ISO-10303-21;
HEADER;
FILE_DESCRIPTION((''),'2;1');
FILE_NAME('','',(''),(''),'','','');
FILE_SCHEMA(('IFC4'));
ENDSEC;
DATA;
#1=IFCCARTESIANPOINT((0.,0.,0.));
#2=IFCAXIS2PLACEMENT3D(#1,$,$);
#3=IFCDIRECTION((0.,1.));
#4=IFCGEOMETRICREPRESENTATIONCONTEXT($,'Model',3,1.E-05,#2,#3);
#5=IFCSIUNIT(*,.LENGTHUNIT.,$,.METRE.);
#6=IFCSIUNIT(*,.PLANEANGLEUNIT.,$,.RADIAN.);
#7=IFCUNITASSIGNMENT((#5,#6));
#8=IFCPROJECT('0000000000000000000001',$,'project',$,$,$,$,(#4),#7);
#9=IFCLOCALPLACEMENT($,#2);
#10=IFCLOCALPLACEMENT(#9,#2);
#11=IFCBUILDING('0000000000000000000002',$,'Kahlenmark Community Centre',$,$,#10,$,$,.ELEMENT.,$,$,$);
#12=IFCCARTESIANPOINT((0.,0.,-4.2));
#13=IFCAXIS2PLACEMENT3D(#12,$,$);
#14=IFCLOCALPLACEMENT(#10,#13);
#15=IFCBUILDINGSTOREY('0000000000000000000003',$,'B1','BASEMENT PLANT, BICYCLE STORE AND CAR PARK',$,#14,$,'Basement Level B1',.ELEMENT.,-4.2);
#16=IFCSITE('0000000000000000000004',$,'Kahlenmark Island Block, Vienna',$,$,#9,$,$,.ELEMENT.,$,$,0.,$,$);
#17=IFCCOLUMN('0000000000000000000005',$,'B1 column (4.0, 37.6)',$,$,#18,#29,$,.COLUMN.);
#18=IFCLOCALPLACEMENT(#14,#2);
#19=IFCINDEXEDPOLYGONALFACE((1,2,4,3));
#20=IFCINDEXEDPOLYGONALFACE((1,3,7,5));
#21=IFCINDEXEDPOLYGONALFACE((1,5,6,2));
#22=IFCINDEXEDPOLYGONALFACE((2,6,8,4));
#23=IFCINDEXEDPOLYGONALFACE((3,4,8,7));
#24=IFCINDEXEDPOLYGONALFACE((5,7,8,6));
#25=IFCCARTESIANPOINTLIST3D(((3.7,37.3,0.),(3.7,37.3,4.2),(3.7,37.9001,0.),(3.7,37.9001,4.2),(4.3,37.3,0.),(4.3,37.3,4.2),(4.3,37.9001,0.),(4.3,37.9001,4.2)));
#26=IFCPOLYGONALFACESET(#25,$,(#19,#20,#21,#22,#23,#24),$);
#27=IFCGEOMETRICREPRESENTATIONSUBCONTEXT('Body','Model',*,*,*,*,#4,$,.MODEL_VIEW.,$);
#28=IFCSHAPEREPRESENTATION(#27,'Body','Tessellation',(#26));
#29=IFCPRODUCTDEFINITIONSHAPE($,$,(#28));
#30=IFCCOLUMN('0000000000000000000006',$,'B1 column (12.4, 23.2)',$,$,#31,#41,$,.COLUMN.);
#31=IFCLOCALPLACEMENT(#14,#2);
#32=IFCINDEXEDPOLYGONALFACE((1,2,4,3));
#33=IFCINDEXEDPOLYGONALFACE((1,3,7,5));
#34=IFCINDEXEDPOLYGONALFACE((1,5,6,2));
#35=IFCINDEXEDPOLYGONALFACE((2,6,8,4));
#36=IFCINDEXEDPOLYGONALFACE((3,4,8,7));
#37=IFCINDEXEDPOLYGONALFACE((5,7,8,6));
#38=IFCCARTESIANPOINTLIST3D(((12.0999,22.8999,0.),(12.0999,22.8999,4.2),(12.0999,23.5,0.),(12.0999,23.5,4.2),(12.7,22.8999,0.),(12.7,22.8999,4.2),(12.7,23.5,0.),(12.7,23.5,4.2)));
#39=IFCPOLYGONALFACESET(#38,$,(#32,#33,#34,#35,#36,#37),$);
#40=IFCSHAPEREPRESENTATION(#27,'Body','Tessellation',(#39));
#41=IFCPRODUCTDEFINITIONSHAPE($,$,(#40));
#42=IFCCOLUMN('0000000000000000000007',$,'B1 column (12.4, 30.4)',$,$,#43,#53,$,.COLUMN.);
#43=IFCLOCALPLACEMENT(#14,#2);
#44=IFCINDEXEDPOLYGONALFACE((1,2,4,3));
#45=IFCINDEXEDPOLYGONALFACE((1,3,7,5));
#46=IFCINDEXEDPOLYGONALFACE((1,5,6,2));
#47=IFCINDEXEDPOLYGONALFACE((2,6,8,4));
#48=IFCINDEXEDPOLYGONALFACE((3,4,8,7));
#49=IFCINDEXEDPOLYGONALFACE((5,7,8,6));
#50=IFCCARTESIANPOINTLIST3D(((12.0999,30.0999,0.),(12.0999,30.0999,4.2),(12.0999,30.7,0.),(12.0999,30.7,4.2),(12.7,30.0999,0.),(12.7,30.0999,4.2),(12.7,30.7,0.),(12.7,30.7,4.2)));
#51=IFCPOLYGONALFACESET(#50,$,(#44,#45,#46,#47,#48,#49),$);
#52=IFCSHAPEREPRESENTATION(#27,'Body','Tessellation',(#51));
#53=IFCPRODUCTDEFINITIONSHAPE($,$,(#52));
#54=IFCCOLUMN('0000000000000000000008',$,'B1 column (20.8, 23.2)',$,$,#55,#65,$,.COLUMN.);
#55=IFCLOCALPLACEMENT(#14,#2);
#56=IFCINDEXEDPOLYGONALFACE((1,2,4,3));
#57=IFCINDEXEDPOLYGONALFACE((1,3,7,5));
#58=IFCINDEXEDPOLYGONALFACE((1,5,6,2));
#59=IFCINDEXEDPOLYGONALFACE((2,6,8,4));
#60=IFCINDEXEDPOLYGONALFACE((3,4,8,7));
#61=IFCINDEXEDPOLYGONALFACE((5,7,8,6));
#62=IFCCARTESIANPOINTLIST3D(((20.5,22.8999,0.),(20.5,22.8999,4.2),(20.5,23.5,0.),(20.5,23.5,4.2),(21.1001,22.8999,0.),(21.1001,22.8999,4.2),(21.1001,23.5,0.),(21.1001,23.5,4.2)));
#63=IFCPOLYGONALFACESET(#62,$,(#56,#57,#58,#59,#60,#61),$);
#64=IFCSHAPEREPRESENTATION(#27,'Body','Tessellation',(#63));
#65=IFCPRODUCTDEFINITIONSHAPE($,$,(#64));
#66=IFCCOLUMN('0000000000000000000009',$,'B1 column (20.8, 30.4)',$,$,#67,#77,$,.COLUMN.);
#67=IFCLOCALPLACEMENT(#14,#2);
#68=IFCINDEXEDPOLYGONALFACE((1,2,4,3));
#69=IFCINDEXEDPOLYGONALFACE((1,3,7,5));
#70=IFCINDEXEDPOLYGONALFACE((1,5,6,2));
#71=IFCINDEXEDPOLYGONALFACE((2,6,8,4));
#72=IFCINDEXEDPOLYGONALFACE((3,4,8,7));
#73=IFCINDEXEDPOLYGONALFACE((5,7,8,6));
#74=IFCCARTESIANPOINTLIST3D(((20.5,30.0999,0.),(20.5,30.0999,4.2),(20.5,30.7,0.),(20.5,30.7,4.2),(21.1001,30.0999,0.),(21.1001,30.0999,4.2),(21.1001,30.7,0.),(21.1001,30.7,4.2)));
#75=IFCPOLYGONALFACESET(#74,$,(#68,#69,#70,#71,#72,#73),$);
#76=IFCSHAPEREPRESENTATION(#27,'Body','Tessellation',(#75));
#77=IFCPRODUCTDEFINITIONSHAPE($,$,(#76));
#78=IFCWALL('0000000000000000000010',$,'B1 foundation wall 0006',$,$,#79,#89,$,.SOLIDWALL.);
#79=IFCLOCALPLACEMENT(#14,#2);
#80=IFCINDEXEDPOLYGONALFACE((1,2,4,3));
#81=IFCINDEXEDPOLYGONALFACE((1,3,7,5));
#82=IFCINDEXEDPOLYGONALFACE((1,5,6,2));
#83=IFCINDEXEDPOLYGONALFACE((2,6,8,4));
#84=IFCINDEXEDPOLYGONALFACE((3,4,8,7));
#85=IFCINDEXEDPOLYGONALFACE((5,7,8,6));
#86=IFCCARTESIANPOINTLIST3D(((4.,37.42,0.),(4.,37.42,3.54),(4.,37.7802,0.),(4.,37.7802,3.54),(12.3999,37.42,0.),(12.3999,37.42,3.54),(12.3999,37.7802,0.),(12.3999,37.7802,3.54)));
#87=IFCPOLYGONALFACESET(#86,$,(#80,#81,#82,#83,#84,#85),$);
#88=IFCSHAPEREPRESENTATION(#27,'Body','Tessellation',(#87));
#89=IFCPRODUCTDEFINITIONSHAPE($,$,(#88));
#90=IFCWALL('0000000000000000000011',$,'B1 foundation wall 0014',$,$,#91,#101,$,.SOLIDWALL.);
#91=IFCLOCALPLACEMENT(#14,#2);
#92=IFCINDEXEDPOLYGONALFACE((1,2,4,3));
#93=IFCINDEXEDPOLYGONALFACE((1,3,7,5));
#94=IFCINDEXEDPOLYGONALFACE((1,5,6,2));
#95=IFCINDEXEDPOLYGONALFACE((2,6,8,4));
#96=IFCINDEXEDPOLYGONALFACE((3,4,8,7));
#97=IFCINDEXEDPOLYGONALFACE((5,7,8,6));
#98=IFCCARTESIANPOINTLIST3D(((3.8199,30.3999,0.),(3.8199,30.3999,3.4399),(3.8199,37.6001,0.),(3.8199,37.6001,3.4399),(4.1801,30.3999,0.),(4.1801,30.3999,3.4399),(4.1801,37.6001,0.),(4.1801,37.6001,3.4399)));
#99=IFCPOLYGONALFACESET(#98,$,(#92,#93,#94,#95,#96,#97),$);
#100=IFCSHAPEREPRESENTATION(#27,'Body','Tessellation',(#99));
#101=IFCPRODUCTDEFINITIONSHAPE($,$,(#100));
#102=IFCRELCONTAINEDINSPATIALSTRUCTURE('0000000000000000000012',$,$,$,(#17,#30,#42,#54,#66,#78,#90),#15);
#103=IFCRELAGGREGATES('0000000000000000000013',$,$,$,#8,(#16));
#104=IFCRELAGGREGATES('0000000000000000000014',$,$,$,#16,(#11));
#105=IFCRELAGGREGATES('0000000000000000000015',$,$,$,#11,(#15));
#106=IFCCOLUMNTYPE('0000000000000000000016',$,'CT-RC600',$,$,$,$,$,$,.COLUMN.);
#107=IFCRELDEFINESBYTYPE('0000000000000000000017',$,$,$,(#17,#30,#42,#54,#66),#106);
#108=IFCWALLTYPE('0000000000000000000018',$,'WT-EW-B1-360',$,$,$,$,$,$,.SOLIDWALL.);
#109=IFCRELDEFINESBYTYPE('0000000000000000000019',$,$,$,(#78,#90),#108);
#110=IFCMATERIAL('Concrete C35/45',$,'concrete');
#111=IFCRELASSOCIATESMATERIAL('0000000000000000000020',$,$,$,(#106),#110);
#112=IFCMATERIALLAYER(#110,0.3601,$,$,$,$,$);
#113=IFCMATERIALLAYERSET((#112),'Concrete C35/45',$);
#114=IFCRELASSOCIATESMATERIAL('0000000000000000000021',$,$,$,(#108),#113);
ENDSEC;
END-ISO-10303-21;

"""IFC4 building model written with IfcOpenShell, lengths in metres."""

from ifc_helpers import new_model, si_unit, direction, frame, frame_2d, origin, origin_2d, place, context, subcontext, project, spatial, rectangle, extrude, material, layer, layer_set, material_profile, profile_set, type_object, element, save


model = new_model("IFC4")

# Units and contexts
model_context = context("Model", 3, precision=1e-05, world=origin(), true_north=direction((0.0, 1.0)))
body_context = subcontext(model_context, "Body", "Model", "MODEL_VIEW")
ifc_project = project(units=[si_unit("LENGTHUNIT", "METRE"), si_unit("PLANEANGLEUNIT", "RADIAN")], contexts=[model_context])

# Site, building, storey
site_placement = place(None, origin())
site = spatial("IfcSite", under=ifc_project, at=site_placement, Name="Kahlenmark Island Block, Vienna", CompositionType="ELEMENT", RefElevation=0.0)
building_placement = place(site_placement, origin())
building = spatial("IfcBuilding", under=site, at=building_placement, Name="Kahlenmark Community Centre", CompositionType="ELEMENT")
storey_placement = place(building_placement, frame((0.0, 0.0, -4.2)))
storey = spatial("IfcBuildingStorey", under=building, at=storey_placement, Name="B1", Description="BASEMENT PLANT, BICYCLE STORE AND CAR PARK", LongName="Basement Level B1", CompositionType="ELEMENT", Elevation=-4.2)

# Columns
ifc_material_1 = material(Name="Concrete C35/45", Category="concrete")
ifc_material_profile_1 = material_profile(ifc_material_1, rectangle(XDim=0.6001, YDim=0.6001, at=origin_2d()), Name="RC 600x600")
ifc_profile_set_1 = profile_set([ifc_material_profile_1], Name="Concrete C35/45")
column_type = type_object("IfcColumnType", Name="CT-RC600", PredefinedType="COLUMN", material=ifc_profile_set_1)
for number, where, z_axis, x_axis, name in (
    (1, (4.0, 37.6001, 0.0), (0.0, 0.0, 1.0), (1.0, 0.0, 0.0), "B1 column (4.0, 37.6)"),
    (2, (12.3999, 23.2, 0.0), (0.0, 0.0, 1.0), (1.0, 0.0, 0.0), "B1 column (12.4, 23.2)"),
    (3, (12.3999, 30.3999, 0.0), (0.0, 0.0, 1.0), (1.0, 0.0, 0.0), "B1 column (12.4, 30.4)"),
    (4, (20.8, 23.2, 0.0), (0.0, 0.0, 1.0), (1.0, 0.0, 0.0), "B1 column (20.8, 23.2)"),
    (5, (20.8, 30.3999, 0.0), (0.0, 0.0, 1.0), (1.0, 0.0, 0.0), "B1 column (20.8, 30.4)"),
):
    element("IfcColumn", number, at=place(storey_placement, frame(where, z_axis=z_axis, x_axis=x_axis)), inside=storey, type_object=column_type, Name=name, PredefinedType="COLUMN", context=body_context, shape_type="SweptSolid", body=[
        extrude(rectangle(XDim=0.6001, YDim=0.6001, at=origin_2d()), origin(), (0.0, 0.0, 1.0), 4.2),
    ])

# Walls
ifc_layer = layer(ifc_material_1, 0.3601)
ifc_layer_set = layer_set([ifc_layer], Name="Concrete C35/45")
wall_type = type_object("IfcWallType", Name="WT-EW-B1-360", PredefinedType="SOLIDWALL", material=ifc_layer_set)
wall_1_placement = place(storey_placement, frame((4.0, 37.6001, 0.0), z_axis=(0.0, 0.0, 1.0), x_axis=(1.0, 0.0, 0.0)))
element("IfcWall", 6, at=wall_1_placement, inside=storey, type_object=wall_type, Name="B1 foundation wall 0006", PredefinedType="SOLIDWALL", context=body_context, shape_type="SweptSolid", body=[
    extrude(rectangle(XDim=8.3999, YDim=0.3601, at=frame_2d((4.2, 0.0))), origin(), (0.0, 0.0, 1.0), 3.54),
])
wall_2_placement = place(storey_placement, frame((4.0, 30.3999, 0.0), z_axis=(0.0, 0.0, 1.0), x_axis=(0.0, 1.0, 0.0)))
element("IfcWall", 7, at=wall_2_placement, inside=storey, type_object=wall_type, Name="B1 foundation wall 0014", PredefinedType="SOLIDWALL", context=body_context, shape_type="SweptSolid", body=[
    extrude(rectangle(XDim=7.2002, YDim=0.3601, at=frame_2d((3.6001, 0.0))), origin(), (0.0, 0.0, 1.0), 3.4399),
])

save(model, "model.ifc")
